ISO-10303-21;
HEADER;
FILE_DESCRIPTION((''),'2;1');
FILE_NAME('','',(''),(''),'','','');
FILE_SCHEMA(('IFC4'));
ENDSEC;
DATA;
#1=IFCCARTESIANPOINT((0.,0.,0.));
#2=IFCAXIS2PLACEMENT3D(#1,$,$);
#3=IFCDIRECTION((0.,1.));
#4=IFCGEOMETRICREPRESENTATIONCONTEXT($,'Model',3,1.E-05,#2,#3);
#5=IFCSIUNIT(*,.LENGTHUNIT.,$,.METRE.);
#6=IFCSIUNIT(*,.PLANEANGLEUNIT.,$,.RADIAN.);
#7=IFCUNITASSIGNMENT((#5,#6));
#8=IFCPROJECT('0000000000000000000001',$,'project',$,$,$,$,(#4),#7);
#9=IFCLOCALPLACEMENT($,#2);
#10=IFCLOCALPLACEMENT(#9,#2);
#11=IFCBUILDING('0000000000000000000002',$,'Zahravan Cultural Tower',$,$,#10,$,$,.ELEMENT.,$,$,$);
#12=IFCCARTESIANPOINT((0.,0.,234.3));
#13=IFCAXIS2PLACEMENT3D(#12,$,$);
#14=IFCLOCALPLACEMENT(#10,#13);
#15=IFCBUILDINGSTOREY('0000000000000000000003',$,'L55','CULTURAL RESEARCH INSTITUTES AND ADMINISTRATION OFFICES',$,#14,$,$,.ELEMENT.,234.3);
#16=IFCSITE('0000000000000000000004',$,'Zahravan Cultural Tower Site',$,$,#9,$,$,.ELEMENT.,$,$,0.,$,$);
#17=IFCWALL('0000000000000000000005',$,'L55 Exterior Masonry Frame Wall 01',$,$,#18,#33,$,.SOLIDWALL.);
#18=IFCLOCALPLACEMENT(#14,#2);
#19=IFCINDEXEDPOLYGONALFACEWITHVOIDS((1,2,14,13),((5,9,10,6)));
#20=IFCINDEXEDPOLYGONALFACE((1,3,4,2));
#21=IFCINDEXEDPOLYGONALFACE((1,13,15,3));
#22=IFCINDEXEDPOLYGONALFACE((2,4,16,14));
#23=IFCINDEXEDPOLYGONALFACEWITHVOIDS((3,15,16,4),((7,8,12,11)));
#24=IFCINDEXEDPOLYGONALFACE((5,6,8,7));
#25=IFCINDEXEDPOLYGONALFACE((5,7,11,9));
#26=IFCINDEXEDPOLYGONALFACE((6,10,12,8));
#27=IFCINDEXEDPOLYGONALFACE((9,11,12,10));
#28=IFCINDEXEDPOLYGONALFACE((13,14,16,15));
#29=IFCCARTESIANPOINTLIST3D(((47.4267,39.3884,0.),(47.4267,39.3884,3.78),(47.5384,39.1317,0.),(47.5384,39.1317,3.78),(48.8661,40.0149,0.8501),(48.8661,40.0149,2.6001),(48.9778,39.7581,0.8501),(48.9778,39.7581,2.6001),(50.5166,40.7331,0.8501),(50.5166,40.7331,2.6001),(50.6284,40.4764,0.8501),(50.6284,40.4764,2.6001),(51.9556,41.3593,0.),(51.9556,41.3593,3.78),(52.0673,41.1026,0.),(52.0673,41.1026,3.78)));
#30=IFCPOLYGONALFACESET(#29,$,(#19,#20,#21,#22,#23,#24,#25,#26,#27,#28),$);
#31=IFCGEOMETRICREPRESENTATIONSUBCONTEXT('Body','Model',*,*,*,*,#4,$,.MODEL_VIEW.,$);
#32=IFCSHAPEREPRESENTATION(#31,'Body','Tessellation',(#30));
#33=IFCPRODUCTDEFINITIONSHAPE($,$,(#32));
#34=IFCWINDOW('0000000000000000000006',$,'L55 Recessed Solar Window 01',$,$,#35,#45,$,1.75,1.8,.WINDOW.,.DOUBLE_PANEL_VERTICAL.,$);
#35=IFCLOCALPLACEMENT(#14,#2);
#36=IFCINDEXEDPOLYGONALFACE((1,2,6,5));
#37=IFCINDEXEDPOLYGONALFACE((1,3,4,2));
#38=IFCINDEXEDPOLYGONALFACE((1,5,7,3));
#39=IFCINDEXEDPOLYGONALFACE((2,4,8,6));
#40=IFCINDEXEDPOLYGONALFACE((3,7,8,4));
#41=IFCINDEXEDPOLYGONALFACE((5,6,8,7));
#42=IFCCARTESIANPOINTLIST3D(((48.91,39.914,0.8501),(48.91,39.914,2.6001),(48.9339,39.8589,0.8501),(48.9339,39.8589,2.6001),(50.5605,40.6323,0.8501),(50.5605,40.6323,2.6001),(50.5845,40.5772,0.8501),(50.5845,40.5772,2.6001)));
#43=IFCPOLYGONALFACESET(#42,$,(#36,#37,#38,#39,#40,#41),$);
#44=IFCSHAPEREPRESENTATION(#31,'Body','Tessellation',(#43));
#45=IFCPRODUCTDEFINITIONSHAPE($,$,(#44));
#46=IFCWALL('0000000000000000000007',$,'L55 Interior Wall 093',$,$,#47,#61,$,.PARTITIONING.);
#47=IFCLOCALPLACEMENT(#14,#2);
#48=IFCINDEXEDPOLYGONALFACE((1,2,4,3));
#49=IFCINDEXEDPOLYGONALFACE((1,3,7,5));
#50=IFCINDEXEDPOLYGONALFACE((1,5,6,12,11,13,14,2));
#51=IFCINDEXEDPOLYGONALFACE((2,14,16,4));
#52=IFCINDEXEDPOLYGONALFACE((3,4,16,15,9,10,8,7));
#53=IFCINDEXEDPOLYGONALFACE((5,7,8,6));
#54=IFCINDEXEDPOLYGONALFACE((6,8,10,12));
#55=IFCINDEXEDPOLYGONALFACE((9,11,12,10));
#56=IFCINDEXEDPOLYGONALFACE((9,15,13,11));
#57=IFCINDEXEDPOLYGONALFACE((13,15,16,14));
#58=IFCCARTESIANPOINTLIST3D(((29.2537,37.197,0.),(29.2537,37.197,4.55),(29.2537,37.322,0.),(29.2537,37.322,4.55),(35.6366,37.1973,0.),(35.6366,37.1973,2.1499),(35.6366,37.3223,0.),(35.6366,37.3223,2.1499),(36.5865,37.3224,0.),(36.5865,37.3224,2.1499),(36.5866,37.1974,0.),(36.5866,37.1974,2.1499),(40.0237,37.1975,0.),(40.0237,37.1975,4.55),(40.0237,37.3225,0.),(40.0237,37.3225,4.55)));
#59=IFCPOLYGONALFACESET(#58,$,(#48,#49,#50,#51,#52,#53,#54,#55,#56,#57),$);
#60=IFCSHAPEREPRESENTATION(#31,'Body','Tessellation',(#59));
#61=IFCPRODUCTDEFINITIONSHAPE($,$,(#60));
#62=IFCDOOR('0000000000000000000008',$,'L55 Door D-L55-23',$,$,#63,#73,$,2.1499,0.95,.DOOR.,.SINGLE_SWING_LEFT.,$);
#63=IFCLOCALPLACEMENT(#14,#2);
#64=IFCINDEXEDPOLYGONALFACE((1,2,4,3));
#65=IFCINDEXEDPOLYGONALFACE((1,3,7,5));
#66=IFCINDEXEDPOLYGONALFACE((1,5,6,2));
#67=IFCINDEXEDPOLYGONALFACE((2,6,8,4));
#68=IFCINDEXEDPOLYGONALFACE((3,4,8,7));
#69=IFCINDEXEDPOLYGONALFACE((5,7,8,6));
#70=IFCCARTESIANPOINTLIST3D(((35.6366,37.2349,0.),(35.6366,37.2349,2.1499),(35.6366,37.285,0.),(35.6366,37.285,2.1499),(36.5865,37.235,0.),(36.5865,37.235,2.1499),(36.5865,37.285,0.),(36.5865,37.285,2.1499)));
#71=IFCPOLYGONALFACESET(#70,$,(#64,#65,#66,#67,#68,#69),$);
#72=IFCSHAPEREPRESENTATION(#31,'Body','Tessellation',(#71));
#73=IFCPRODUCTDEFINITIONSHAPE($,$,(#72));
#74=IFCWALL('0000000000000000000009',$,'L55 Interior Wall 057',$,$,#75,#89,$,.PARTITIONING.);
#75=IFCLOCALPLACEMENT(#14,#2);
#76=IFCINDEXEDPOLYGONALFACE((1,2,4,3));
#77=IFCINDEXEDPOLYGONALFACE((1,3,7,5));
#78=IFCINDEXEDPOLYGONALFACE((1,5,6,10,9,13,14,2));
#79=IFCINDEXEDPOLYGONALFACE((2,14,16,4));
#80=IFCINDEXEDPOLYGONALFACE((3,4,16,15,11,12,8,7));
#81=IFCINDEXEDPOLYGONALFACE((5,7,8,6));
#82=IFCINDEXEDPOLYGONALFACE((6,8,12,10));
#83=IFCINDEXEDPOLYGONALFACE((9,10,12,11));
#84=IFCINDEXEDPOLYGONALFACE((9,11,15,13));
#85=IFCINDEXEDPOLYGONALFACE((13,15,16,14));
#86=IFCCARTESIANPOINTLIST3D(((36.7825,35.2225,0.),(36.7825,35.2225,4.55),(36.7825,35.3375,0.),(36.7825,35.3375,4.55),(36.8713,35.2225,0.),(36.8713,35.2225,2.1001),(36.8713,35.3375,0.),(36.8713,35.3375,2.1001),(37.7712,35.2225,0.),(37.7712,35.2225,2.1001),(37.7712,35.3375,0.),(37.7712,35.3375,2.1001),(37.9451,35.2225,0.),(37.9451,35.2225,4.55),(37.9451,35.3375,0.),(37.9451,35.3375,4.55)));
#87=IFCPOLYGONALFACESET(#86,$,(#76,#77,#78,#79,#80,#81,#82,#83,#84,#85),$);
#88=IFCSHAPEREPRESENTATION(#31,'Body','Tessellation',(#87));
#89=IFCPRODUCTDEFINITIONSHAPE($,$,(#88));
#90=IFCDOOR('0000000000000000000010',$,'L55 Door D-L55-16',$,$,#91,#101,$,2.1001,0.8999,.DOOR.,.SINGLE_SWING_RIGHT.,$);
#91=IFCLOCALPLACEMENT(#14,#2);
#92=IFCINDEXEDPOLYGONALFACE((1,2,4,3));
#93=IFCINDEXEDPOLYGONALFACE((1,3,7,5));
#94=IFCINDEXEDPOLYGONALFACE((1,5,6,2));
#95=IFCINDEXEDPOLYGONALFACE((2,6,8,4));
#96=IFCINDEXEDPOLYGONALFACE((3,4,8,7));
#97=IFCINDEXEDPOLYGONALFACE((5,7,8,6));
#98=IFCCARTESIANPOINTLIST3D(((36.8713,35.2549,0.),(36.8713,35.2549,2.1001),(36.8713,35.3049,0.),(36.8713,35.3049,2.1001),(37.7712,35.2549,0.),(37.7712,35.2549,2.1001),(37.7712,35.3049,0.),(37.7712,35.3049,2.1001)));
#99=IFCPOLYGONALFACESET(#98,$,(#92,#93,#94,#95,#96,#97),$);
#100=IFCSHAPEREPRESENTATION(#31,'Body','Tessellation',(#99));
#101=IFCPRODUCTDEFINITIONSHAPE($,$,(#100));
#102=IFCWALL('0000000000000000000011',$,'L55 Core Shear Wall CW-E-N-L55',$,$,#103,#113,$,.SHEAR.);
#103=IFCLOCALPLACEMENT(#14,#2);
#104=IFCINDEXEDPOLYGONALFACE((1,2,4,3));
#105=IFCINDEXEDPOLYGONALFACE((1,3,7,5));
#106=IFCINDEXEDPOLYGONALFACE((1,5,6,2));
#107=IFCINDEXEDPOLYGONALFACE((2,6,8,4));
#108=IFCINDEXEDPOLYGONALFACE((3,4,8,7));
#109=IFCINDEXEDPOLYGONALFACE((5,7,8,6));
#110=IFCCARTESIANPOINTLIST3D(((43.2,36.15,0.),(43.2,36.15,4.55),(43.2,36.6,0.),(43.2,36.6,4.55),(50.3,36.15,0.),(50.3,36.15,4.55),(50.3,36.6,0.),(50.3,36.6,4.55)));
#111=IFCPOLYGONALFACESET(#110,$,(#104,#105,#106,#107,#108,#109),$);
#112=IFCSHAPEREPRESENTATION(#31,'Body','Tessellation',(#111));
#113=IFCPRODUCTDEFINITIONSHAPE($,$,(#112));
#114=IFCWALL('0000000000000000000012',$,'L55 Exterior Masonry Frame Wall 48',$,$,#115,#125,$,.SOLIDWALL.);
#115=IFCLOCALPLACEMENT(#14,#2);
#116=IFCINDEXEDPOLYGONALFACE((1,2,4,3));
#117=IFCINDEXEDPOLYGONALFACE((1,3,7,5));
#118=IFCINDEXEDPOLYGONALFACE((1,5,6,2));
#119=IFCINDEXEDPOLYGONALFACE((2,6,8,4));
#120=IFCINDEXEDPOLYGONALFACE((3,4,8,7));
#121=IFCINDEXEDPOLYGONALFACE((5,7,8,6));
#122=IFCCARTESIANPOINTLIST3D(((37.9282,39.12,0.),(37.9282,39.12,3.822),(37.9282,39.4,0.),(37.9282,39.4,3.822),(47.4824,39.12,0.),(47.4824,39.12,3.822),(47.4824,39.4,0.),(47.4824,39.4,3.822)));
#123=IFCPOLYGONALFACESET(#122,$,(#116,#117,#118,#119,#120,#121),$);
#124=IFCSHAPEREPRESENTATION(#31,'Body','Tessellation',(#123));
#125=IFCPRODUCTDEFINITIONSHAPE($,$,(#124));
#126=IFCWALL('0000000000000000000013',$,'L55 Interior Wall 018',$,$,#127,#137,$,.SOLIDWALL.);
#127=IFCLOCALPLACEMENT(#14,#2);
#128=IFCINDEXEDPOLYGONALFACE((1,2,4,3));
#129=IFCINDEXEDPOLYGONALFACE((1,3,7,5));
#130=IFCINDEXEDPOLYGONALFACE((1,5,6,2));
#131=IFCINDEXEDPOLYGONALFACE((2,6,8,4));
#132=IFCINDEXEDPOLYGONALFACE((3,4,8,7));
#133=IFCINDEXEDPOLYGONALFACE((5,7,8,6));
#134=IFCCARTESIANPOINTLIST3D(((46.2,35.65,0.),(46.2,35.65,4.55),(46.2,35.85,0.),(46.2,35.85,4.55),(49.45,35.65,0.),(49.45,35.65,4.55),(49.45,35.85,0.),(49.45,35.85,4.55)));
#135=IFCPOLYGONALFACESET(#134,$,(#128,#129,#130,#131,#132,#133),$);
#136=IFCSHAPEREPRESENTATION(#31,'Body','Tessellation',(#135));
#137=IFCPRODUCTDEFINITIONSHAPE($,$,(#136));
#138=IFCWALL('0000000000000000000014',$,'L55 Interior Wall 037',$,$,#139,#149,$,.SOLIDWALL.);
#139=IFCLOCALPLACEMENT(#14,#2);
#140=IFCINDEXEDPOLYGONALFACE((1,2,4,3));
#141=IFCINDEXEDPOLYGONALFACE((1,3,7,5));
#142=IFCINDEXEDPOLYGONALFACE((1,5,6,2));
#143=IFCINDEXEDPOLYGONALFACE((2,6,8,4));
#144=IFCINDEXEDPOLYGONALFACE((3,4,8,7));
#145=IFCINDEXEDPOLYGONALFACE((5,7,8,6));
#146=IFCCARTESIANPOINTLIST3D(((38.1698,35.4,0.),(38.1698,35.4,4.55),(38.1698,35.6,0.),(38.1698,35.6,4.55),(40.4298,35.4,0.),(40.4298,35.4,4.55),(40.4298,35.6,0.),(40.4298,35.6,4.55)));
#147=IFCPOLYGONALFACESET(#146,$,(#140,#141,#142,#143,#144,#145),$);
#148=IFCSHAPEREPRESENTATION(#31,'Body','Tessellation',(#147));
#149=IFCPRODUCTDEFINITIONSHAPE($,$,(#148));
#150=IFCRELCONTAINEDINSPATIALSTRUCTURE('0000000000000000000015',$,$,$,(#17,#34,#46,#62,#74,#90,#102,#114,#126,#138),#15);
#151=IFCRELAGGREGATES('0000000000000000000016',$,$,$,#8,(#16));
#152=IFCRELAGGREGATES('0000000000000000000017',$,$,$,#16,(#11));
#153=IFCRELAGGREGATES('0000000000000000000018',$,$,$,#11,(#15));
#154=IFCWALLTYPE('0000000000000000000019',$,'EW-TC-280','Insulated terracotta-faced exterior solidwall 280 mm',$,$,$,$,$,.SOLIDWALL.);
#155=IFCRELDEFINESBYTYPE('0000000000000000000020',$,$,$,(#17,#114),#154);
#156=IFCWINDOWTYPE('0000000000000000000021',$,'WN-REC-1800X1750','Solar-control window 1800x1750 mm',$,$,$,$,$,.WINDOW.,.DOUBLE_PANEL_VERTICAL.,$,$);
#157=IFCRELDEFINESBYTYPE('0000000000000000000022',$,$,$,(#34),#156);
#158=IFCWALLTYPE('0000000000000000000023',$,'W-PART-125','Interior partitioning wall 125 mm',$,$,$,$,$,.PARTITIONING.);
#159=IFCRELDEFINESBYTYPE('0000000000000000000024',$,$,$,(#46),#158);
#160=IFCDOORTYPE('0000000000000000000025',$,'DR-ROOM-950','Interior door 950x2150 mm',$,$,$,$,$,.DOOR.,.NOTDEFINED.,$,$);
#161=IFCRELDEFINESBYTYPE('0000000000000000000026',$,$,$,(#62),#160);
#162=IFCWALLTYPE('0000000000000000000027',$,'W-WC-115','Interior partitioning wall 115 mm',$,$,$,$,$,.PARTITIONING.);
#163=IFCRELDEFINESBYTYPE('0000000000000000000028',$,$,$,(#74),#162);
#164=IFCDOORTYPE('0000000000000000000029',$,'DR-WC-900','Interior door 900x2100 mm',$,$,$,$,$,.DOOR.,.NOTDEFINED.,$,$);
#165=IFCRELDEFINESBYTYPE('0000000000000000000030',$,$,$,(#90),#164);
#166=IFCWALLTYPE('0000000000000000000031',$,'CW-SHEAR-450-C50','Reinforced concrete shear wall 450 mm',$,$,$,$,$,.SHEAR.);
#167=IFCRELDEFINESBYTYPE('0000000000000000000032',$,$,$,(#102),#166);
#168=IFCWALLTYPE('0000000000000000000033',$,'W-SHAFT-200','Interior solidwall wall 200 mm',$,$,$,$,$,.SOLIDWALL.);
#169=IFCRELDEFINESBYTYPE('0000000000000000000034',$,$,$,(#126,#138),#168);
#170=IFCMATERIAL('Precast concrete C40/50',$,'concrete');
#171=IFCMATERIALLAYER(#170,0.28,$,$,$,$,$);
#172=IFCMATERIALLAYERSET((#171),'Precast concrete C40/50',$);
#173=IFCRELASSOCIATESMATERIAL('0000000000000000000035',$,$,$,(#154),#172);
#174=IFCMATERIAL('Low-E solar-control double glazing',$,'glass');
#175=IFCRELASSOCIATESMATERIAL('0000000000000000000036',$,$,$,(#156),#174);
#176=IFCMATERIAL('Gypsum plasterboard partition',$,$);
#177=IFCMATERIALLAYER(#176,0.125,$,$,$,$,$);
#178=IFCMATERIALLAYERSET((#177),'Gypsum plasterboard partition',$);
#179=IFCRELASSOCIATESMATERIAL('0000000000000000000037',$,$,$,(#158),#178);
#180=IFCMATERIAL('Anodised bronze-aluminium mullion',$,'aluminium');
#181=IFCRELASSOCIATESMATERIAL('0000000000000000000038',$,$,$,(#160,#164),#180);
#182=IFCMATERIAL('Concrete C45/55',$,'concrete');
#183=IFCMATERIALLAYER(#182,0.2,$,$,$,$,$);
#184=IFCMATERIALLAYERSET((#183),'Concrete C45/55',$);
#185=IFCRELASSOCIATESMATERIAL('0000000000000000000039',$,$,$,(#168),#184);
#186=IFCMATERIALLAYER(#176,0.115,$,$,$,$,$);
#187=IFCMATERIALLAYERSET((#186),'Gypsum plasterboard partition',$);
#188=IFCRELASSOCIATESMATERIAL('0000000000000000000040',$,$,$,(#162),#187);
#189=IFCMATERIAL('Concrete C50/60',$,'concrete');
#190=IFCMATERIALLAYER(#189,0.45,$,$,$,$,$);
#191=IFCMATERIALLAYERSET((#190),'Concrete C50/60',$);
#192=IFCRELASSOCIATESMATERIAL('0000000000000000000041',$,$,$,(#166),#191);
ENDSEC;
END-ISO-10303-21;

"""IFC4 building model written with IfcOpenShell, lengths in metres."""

from ifc_helpers import new_model, si_unit, direction, frame, frame_2d, origin, place, context, subcontext, project, spatial, rectangle, extrude, source, transform, mapped, material, layer, layer_set, type_object, element, fill, save


model = new_model("IFC4")

# Units and contexts
model_context = context("Model", 3, precision=1e-05, world=origin(), true_north=direction((0.0, 1.0)))
body_context = subcontext(model_context, "Body", "Model", "MODEL_VIEW")
ifc_project = project(units=[si_unit("LENGTHUNIT", "METRE"), si_unit("PLANEANGLEUNIT", "RADIAN")], contexts=[model_context])

# Site, building, storey
site_placement = place(None, origin())
site = spatial("IfcSite", under=ifc_project, at=site_placement, Name="Zahravan Cultural Tower Site", CompositionType="ELEMENT", RefElevation=0.0)
building_placement = place(site_placement, origin())
building = spatial("IfcBuilding", under=site, at=building_placement, Name="Zahravan Cultural Tower", CompositionType="ELEMENT")
storey_placement = place(building_placement, frame((0.0, 0.0, 234.3)))
storey = spatial("IfcBuildingStorey", under=building, at=storey_placement, Name="L55", Description="CULTURAL RESEARCH INSTITUTES AND ADMINISTRATION OFFICES", CompositionType="ELEMENT", Elevation=234.3)

# Shared definitions
ifc_material_1 = material(Name="Concrete C50/60", Category="concrete")

# Wall, opening, window
ifc_material_2 = material(Name="Precast concrete C40/50", Category="concrete")
ifc_layer_1 = layer(ifc_material_2, 0.28)
ifc_layer_set_1 = layer_set([ifc_layer_1], Name="Precast concrete C40/50")
wall_type_1 = type_object("IfcWallType", Name="EW-TC-280", Description="Insulated terracotta-faced exterior solidwall 280 mm", PredefinedType="SOLIDWALL", material=ifc_layer_set_1)
wall_1_placement = place(storey_placement, frame((47.4824, 39.26, 0.0), z_axis=(0.0, 0.0, 1.0), x_axis=(0.916937, 0.399032, 0.0)))
wall_1 = element("IfcWall", 1, at=wall_1_placement, inside=storey, type_object=wall_type_1, Name="L55 Exterior Masonry Frame Wall 01", PredefinedType="SOLIDWALL", context=body_context, shape_type="SweptSolid", body=[
    extrude(rectangle(XDim=4.9392, YDim=0.28, at=frame_2d((2.4697, 0.0))), origin(), (0.0, 0.0, 1.0), 3.78),
])
opening_1_placement = place(wall_1_placement, frame((1.5701, 0.0, 0.8501)))
opening_1 = element("IfcOpeningElement", 2, at=opening_1_placement, cuts=wall_1, PredefinedType="OPENING", context=body_context, shape_type="SweptSolid", body=[
    extrude(rectangle(XDim=1.8, YDim=1.75, at=frame_2d((0.8999, 0.875))), frame((0.0, 0.1499, 0.0), z_axis=(0.0, -1.0, 0.0), x_axis=(1.0, 0.0, 0.0)), (0.0, 0.0, 1.0), 0.3),
])
ifc_material_3 = material(Name="Low-E solar-control double glazing", Category="glass")
window_type = type_object("IfcWindowType", Name="WN-REC-1800X1750", Description="Solar-control window 1800x1750 mm", PartitioningType="DOUBLE_PANEL_VERTICAL", PredefinedType="WINDOW", material=ifc_material_3)
shared_shape_1 = source(origin(), body_context, "Body", "SweptSolid", [
    extrude(rectangle(XDim=1.8, YDim=1.75, at=frame_2d((0.8999, 0.875))), frame((0.0, 0.03, 0.0), z_axis=(0.0, -1.0, 0.0), x_axis=(1.0, 0.0, 0.0)), (0.0, 0.0, 1.0), 0.0601),
])
window_placement = place(opening_1_placement, origin())
window = element("IfcWindow", 3, at=window_placement, inside=storey, type_object=window_type, Name="L55 Recessed Solar Window 01", OverallHeight=1.75, OverallWidth=1.8, PartitioningType="DOUBLE_PANEL_VERTICAL", PredefinedType="WINDOW", context=body_context, shape_type="MappedRepresentation", body=[
    mapped(shared_shape_1, transform((0.0, 0.0, 0.0), x_axis=(1.0, 0.0, 0.0), y_axis=(0.0, 1.0, 0.0), z_axis=(0.0, 0.0, 1.0), scale=1.0)),
])
fill(opening_1, window)

# Walls, openings, doors
ifc_material_4 = material(Name="Gypsum plasterboard partition")
ifc_layer_2 = layer(ifc_material_4, 0.125)
ifc_layer_set_2 = layer_set([ifc_layer_2], Name="Gypsum plasterboard partition")
wall_type_2 = type_object("IfcWallType", Name="W-PART-125", Description="Interior partitioning wall 125 mm", PredefinedType="PARTITIONING", material=ifc_layer_set_2)
ifc_material_5 = material(Name="Anodised bronze-aluminium mullion", Category="aluminium")
door_type_1 = type_object("IfcDoorType", Name="DR-ROOM-950", Description="Interior door 950x2150 mm", OperationType="NOTDEFINED", PredefinedType="DOOR", material=ifc_material_5)
shared_shape_2 = source(origin(), body_context, "Body", "SweptSolid", [
    extrude(rectangle(XDim=0.95, YDim=2.1499, at=frame_2d((0.4751, 1.075))), frame((0.0, 0.0249, 0.0), z_axis=(0.0, -1.0, 0.0), x_axis=(1.0, 0.0, 0.0)), (0.0, 0.0, 1.0), 0.05),
])
wall_2_placement = place(storey_placement, frame((40.0237, 37.26, 0.0), z_axis=(0.0, 0.0, 1.0), x_axis=(-1.0, -0.000045, 0.0)))
wall_2 = element("IfcWall", 4, at=wall_2_placement, inside=storey, type_object=wall_type_2, Name="L55 Interior Wall 093", PredefinedType="PARTITIONING", context=body_context, shape_type="SweptSolid", body=[
    extrude(rectangle(XDim=10.77, YDim=0.125, at=frame_2d((5.385, 0.0))), origin(), (0.0, 0.0, 1.0), 4.55),
])
opening_2_placement = place(wall_2_placement, frame((3.437, 0.0, 0.0)))
opening_2 = element("IfcOpeningElement", 5, at=opening_2_placement, cuts=wall_2, PredefinedType="OPENING", context=body_context, shape_type="SweptSolid", body=[
    extrude(rectangle(XDim=0.95, YDim=2.1499, at=frame_2d((0.4751, 1.075))), frame((0.0, 0.0725, 0.0), z_axis=(0.0, -1.0, 0.0), x_axis=(1.0, 0.0, 0.0)), (0.0, 0.0, 1.0), 0.145),
])
door_1_placement = place(opening_2_placement, origin())
door_1 = element("IfcDoor", 6, at=door_1_placement, inside=storey, type_object=door_type_1, Name="L55 Door D-L55-23", OperationType="SINGLE_SWING_LEFT", OverallHeight=2.1499, OverallWidth=0.95, PredefinedType="DOOR", context=body_context, shape_type="MappedRepresentation", body=[
    mapped(shared_shape_2, transform((0.0, 0.0, 0.0), x_axis=(1.0, 0.0, 0.0), y_axis=(0.0, 1.0, 0.0), z_axis=(0.0, 0.0, 1.0), scale=1.0)),
])
fill(opening_2, door_1)
ifc_material_6 = material(Name="Concrete C45/55", Category="concrete")
ifc_layer_3 = layer(ifc_material_6, 0.2)
ifc_layer_set_3 = layer_set([ifc_layer_3], Name="Concrete C45/55")
wall_type_3 = type_object("IfcWallType", Name="W-SHAFT-200", Description="Interior solidwall wall 200 mm", PredefinedType="SOLIDWALL", material=ifc_layer_set_3)
ifc_layer_4 = layer(ifc_material_4, 0.115)
ifc_layer_set_4 = layer_set([ifc_layer_4], Name="Gypsum plasterboard partition")
wall_type_4 = type_object("IfcWallType", Name="W-WC-115", Description="Interior partitioning wall 115 mm", PredefinedType="PARTITIONING", material=ifc_layer_set_4)
wall_3_placement = place(storey_placement, frame((36.7825, 35.28, 0.0), z_axis=(0.0, 0.0, 1.0), x_axis=(1.0, 0.0, 0.0)))
wall_3 = element("IfcWall", 7, at=wall_3_placement, inside=storey, type_object=wall_type_4, Name="L55 Interior Wall 057", PredefinedType="PARTITIONING", context=body_context, shape_type="SweptSolid", body=[
    extrude(rectangle(XDim=1.1626, YDim=0.115, at=frame_2d((0.5813, 0.0))), origin(), (0.0, 0.0, 1.0), 4.55),
])
opening_3_placement = place(wall_3_placement, frame((0.0889, 0.0, 0.0)))
opening_3 = element("IfcOpeningElement", 8, at=opening_3_placement, cuts=wall_3, PredefinedType="OPENING", context=body_context, shape_type="SweptSolid", body=[
    extrude(rectangle(XDim=0.8999, YDim=2.1001, at=frame_2d((0.45, 1.05))), frame((0.0, 0.0674, 0.0), z_axis=(0.0, -1.0, 0.0), x_axis=(1.0, 0.0, 0.0)), (0.0, 0.0, 1.0), 0.135),
])
door_type_2 = type_object("IfcDoorType", Name="DR-WC-900", Description="Interior door 900x2100 mm", OperationType="NOTDEFINED", PredefinedType="DOOR", material=ifc_material_5)
shared_shape_3 = source(origin(), body_context, "Body", "SweptSolid", [
    extrude(rectangle(XDim=0.8999, YDim=2.1001, at=frame_2d((0.45, 1.05))), frame((0.0, 0.0249, 0.0), z_axis=(0.0, -1.0, 0.0), x_axis=(1.0, 0.0, 0.0)), (0.0, 0.0, 1.0), 0.05),
])
door_2_placement = place(opening_3_placement, origin())
door_2 = element("IfcDoor", 9, at=door_2_placement, inside=storey, type_object=door_type_2, Name="L55 Door D-L55-16", OperationType="SINGLE_SWING_RIGHT", OverallHeight=2.1001, OverallWidth=0.8999, PredefinedType="DOOR", context=body_context, shape_type="MappedRepresentation", body=[
    mapped(shared_shape_3, transform((0.0, 0.0, 0.0), x_axis=(1.0, 0.0, 0.0), y_axis=(0.0, 1.0, 0.0), z_axis=(0.0, 0.0, 1.0), scale=1.0)),
])
fill(opening_3, door_2)

# Walls
ifc_layer_5 = layer(ifc_material_1, 0.45)
ifc_layer_set_5 = layer_set([ifc_layer_5], Name="Concrete C50/60")
wall_type_5 = type_object("IfcWallType", Name="CW-SHEAR-450-C50", Description="Reinforced concrete shear wall 450 mm", PredefinedType="SHEAR", material=ifc_layer_set_5)
shared_shape_4 = source(origin(), body_context, "Body", "SweptSolid", [
    extrude(rectangle(XDim=7.1001, YDim=0.45, at=frame_2d((3.55, 0.0))), origin(), (0.0, 0.0, 1.0), 4.55),
])
wall_4_placement = place(storey_placement, frame((43.2, 36.375, 0.0), z_axis=(0.0, 0.0, 1.0), x_axis=(1.0, 0.0, 0.0)))
element("IfcWall", 10, at=wall_4_placement, inside=storey, type_object=wall_type_5, Name="L55 Core Shear Wall CW-E-N-L55", PredefinedType="SHEAR", context=body_context, shape_type="MappedRepresentation", body=[
    mapped(shared_shape_4, transform((0.0, 0.0, 0.0), x_axis=(1.0, 0.0, 0.0), y_axis=(0.0, 1.0, 0.0), z_axis=(0.0, 0.0, 1.0), scale=1.0)),
])
shared_shape_5 = source(origin(), body_context, "Body", "SweptSolid", [
    extrude(rectangle(XDim=9.5542, YDim=0.28, at=frame_2d((4.7771, 0.0))), origin(), (0.0, 0.0, 1.0), 3.822),
])
wall_5_placement = place(storey_placement, frame((37.9282, 39.26, 0.0), z_axis=(0.0, 0.0, 1.0), x_axis=(1.0, 0.0, 0.0)))
element("IfcWall", 11, at=wall_5_placement, inside=storey, type_object=wall_type_1, Name="L55 Exterior Masonry Frame Wall 48", PredefinedType="SOLIDWALL", context=body_context, shape_type="MappedRepresentation", body=[
    mapped(shared_shape_5, transform((0.0, 0.0, 0.0), x_axis=(1.0, 0.0, 0.0), y_axis=(0.0, 1.0, 0.0), z_axis=(0.0, 0.0, 1.0), scale=1.0)),
])
shared_shape_6 = source(origin(), body_context, "Body", "SweptSolid", [
    extrude(rectangle(XDim=3.25, YDim=0.2, at=frame_2d((1.625, 0.0))), origin(), (0.0, 0.0, 1.0), 4.55),
])
wall_6_placement = place(storey_placement, frame((46.2, 35.75, 0.0), z_axis=(0.0, 0.0, 1.0), x_axis=(1.0, 0.0, 0.0)))
element("IfcWall", 12, at=wall_6_placement, inside=storey, type_object=wall_type_3, Name="L55 Interior Wall 018", PredefinedType="SOLIDWALL", context=body_context, shape_type="MappedRepresentation", body=[
    mapped(shared_shape_6, transform((0.0, 0.0, 0.0), x_axis=(1.0, 0.0, 0.0), y_axis=(0.0, 1.0, 0.0), z_axis=(0.0, 0.0, 1.0), scale=1.0)),
])
shared_shape_7 = source(origin(), body_context, "Body", "SweptSolid", [
    extrude(rectangle(XDim=2.26, YDim=0.2, at=frame_2d((1.1299, 0.0))), origin(), (0.0, 0.0, 1.0), 4.55),
])
wall_7_placement = place(storey_placement, frame((38.1699, 35.5, 0.0), z_axis=(0.0, 0.0, 1.0), x_axis=(1.0, 0.0, 0.0)))
element("IfcWall", 13, at=wall_7_placement, inside=storey, type_object=wall_type_3, Name="L55 Interior Wall 037", PredefinedType="SOLIDWALL", context=body_context, shape_type="MappedRepresentation", body=[
    mapped(shared_shape_7, transform((0.0, 0.0, 0.0), x_axis=(1.0, 0.0, 0.0), y_axis=(0.0, 1.0, 0.0), z_axis=(0.0, 0.0, 1.0), scale=1.0)),
])

save(model, "model.ifc")
